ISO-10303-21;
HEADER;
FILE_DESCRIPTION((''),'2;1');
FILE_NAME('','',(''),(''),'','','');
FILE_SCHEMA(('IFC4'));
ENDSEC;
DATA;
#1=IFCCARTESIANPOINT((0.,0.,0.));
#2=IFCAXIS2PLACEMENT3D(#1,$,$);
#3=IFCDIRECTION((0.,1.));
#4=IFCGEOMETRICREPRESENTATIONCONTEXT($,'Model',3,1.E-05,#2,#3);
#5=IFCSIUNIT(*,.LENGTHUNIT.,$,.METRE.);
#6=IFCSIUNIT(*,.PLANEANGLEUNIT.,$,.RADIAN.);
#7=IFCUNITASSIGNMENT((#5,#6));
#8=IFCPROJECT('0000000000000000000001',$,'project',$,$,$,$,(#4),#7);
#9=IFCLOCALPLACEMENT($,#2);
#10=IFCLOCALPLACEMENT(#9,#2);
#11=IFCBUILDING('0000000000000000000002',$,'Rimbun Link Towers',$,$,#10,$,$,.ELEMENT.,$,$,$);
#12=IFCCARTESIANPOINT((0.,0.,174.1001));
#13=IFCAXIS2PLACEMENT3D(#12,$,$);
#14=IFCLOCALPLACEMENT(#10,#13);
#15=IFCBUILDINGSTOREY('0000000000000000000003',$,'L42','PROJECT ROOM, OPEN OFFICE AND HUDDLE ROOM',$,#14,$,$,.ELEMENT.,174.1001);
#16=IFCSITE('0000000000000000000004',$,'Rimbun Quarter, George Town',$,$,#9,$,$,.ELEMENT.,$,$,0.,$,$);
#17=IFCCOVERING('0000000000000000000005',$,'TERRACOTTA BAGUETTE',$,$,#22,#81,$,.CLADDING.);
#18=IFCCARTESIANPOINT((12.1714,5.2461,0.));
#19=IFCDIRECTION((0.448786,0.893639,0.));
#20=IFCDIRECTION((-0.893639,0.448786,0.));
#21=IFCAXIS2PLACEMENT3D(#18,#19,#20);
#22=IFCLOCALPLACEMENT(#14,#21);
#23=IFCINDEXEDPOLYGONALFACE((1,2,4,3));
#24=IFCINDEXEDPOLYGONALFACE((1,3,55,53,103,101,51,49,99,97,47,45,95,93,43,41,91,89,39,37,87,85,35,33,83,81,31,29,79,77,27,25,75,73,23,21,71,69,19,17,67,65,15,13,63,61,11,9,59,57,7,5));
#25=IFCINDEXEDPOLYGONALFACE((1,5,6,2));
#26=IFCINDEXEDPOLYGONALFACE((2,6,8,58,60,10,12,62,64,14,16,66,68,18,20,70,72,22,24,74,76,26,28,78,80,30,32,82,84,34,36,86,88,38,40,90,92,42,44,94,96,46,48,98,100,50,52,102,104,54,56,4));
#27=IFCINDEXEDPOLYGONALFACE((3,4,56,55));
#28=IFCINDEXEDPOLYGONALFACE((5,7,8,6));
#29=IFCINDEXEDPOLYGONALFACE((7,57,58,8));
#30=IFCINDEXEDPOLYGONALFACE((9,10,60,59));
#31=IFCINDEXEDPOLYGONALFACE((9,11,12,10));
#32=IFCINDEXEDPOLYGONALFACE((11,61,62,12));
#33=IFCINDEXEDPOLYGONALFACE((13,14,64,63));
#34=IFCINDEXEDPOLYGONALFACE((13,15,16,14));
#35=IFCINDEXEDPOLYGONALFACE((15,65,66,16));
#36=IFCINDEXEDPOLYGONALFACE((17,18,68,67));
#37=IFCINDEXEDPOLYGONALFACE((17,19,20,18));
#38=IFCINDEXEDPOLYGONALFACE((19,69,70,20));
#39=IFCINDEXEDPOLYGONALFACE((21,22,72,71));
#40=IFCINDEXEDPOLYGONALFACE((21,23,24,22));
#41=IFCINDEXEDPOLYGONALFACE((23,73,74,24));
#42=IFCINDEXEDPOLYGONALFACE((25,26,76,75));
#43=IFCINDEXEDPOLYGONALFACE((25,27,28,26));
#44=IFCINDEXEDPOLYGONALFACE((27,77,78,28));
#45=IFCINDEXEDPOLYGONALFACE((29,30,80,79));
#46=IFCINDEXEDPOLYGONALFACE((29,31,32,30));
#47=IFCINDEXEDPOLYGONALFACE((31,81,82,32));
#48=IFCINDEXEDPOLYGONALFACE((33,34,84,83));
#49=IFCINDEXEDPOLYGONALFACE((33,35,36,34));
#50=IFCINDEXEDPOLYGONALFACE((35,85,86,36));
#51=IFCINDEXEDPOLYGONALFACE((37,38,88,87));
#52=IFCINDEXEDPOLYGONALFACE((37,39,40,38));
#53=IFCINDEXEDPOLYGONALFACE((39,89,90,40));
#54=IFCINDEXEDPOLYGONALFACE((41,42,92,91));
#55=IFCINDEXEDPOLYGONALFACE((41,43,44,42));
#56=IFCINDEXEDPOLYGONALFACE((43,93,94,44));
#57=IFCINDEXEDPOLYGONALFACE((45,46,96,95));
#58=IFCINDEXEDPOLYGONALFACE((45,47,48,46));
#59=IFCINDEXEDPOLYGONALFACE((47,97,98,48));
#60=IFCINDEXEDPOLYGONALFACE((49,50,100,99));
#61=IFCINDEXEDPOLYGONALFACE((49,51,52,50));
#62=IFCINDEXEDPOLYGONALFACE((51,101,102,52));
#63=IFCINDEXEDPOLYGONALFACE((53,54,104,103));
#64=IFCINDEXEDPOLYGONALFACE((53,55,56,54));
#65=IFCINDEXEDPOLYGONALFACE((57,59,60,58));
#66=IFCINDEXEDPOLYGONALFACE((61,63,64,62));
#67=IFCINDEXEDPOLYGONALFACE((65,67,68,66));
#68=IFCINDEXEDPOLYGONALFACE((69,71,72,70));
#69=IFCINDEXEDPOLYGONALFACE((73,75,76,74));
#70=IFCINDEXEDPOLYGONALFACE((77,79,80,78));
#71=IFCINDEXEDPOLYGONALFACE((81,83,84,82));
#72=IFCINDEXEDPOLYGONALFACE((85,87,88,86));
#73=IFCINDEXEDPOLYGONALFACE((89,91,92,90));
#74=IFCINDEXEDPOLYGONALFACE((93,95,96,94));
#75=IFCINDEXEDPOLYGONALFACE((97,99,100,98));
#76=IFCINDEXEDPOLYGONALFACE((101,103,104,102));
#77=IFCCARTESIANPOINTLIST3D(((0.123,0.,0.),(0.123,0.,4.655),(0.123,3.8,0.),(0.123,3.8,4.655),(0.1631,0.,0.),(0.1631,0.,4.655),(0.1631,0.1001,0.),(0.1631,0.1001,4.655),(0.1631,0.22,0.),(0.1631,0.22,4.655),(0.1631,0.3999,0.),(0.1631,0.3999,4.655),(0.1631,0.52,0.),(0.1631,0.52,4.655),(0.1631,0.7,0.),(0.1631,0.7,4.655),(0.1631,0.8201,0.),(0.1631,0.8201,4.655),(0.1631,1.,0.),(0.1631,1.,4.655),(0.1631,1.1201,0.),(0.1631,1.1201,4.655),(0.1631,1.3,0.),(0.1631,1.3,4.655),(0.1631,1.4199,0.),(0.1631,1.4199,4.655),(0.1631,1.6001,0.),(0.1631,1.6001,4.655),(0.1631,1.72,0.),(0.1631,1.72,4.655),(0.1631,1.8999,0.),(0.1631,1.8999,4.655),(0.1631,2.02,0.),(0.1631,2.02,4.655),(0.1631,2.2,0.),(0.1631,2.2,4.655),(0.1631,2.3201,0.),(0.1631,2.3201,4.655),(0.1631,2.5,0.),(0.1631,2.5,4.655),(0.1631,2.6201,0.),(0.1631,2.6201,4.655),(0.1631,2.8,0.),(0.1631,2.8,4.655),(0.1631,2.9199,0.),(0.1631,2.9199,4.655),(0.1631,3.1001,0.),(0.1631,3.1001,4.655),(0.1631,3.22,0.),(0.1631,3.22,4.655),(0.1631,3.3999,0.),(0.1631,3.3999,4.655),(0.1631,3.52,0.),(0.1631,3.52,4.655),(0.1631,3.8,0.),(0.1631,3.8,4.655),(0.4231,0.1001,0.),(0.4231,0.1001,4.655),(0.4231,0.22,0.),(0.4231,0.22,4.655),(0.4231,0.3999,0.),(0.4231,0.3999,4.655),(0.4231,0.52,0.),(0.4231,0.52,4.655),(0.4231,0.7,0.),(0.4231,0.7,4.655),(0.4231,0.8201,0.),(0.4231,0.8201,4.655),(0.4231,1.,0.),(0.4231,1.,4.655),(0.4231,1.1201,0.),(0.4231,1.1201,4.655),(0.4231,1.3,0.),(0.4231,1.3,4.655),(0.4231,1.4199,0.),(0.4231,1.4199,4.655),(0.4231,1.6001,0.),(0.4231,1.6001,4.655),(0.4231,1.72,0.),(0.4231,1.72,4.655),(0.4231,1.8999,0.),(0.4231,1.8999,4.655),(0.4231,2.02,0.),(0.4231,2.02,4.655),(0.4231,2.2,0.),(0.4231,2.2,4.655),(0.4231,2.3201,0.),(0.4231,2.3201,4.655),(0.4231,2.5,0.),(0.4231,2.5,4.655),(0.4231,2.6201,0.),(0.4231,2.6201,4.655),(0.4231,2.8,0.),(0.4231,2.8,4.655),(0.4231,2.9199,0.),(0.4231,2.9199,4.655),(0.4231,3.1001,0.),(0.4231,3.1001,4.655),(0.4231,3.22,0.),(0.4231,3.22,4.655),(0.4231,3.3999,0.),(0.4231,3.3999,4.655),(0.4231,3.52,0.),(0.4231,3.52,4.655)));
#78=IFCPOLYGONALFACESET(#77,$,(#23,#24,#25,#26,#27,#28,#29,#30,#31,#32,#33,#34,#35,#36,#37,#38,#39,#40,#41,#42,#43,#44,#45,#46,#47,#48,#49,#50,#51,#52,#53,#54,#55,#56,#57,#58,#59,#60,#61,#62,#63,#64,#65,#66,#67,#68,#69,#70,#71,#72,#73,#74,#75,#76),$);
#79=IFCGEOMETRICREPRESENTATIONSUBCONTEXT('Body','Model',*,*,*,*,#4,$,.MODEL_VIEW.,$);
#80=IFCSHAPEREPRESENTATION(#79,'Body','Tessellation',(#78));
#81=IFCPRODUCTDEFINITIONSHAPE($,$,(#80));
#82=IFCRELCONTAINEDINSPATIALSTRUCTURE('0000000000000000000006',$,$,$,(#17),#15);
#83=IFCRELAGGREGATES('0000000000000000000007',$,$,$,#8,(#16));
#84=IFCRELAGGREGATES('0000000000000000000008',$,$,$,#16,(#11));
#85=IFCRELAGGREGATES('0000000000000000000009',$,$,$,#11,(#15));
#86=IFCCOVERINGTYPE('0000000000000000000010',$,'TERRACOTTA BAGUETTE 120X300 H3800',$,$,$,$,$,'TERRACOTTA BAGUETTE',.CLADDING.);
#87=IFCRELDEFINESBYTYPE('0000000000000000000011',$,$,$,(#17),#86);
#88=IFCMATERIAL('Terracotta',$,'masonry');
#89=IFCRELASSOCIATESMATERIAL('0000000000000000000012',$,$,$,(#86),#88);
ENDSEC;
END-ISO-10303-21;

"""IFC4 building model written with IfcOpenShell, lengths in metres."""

from ifc_helpers import new_model, si_unit, direction, frame, origin, place, context, subcontext, project, spatial, polyline, outline, extrude, material, material_profile, profile_set, type_object, element, save


model = new_model("IFC4")

# Units and contexts
model_context = context("Model", 3, precision=1e-05, world=origin(), true_north=direction((0.0, 1.0)))
body_context = subcontext(model_context, "Body", "Model", "MODEL_VIEW")
ifc_project = project(units=[si_unit("LENGTHUNIT", "METRE"), si_unit("PLANEANGLEUNIT", "RADIAN")], contexts=[model_context])

# Site, building, storey
site_placement = place(None, origin())
site = spatial("IfcSite", under=ifc_project, at=site_placement, Name="Rimbun Quarter, George Town", CompositionType="ELEMENT", RefElevation=0.0)
building_placement = place(site_placement, origin())
building = spatial("IfcBuilding", under=site, at=building_placement, Name="Rimbun Link Towers", CompositionType="ELEMENT")
storey_placement = place(building_placement, frame((0.0, 0.0, 174.1001)))
storey = spatial("IfcBuildingStorey", under=building, at=storey_placement, Name="L42", Description="PROJECT ROOM, OPEN OFFICE AND HUDDLE ROOM", CompositionType="ELEMENT", Elevation=174.1001)

# Covering
ifc_material_1 = material(Name="Terracotta", Category="masonry")
ifc_material_profile_1 = material_profile(ifc_material_1, outline(polyline([(0.123, 0.0), (0.1631, 0.0), (0.1631, 0.1001), (0.4231, 0.1001), (0.4231, 0.22), (0.1631, 0.22), (0.1631, 0.3999), (0.4231, 0.3999), (0.4231, 0.52), (0.1631, 0.52), (0.1631, 0.7), (0.4231, 0.7), (0.4231, 0.8201), (0.1631, 0.8201), (0.1631, 1.0), (0.4231, 1.0), (0.4231, 1.1201), (0.1631, 1.1201), (0.1631, 1.3), (0.4231, 1.3), (0.4231, 1.4199), (0.1631, 1.4199), (0.1631, 1.6001), (0.4231, 1.6001), (0.4231, 1.72), (0.1631, 1.72), (0.1631, 1.8999), (0.4231, 1.8999), (0.4231, 2.02), (0.1631, 2.02), (0.1631, 2.2), (0.4231, 2.2), (0.4231, 2.3201), (0.1631, 2.3201), (0.1631, 2.5), (0.4231, 2.5), (0.4231, 2.6201), (0.1631, 2.6201), (0.1631, 2.8), (0.4231, 2.8), (0.4231, 2.9199), (0.1631, 2.9199), (0.1631, 3.1001), (0.4231, 3.1001), (0.4231, 3.22), (0.1631, 3.22), (0.1631, 3.3999), (0.4231, 3.3999), (0.4231, 3.52), (0.1631, 3.52), (0.1631, 3.8), (0.123, 3.8), (0.123, 0.0)])), Name="BAGUETTE 120X300")
ifc_profile_set_1 = profile_set([ifc_material_profile_1], Name="Terracotta")
covering_type = type_object("IfcCoveringType", Name="TERRACOTTA BAGUETTE 120X300 H3800", ElementType="TERRACOTTA BAGUETTE", PredefinedType="CLADDING", material=ifc_profile_set_1)
covering_1_placement = place(storey_placement, frame((12.1714, 5.2461, 0.0), z_axis=(0.448786, 0.893639, 0.0), x_axis=(-0.893639, 0.448786, 0.0)))
element("IfcCovering", 1, at=covering_1_placement, inside=storey, type_object=covering_type, Name="TERRACOTTA BAGUETTE", PredefinedType="CLADDING", context=body_context, shape_type="SweptSolid", body=[
    extrude(outline(polyline([(0.123, 0.0), (0.1631, 0.0), (0.1631, 0.1001), (0.4231, 0.1001), (0.4231, 0.22), (0.1631, 0.22), (0.1631, 0.3999), (0.4231, 0.3999), (0.4231, 0.52), (0.1631, 0.52), (0.1631, 0.7), (0.4231, 0.7), (0.4231, 0.8201), (0.1631, 0.8201), (0.1631, 1.0), (0.4231, 1.0), (0.4231, 1.1201), (0.1631, 1.1201), (0.1631, 1.3), (0.4231, 1.3), (0.4231, 1.4199), (0.1631, 1.4199), (0.1631, 1.6001), (0.4231, 1.6001), (0.4231, 1.72), (0.1631, 1.72), (0.1631, 1.8999), (0.4231, 1.8999), (0.4231, 2.02), (0.1631, 2.02), (0.1631, 2.2), (0.4231, 2.2), (0.4231, 2.3201), (0.1631, 2.3201), (0.1631, 2.5), (0.4231, 2.5), (0.4231, 2.6201), (0.1631, 2.6201), (0.1631, 2.8), (0.4231, 2.8), (0.4231, 2.9199), (0.1631, 2.9199), (0.1631, 3.1001), (0.4231, 3.1001), (0.4231, 3.22), (0.1631, 3.22), (0.1631, 3.3999), (0.4231, 3.3999), (0.4231, 3.52), (0.1631, 3.52), (0.1631, 3.8), (0.123, 3.8), (0.123, 0.0)])), origin(), (0.0, 0.0, 1.0), 4.655),
])

save(model, "model.ifc")
